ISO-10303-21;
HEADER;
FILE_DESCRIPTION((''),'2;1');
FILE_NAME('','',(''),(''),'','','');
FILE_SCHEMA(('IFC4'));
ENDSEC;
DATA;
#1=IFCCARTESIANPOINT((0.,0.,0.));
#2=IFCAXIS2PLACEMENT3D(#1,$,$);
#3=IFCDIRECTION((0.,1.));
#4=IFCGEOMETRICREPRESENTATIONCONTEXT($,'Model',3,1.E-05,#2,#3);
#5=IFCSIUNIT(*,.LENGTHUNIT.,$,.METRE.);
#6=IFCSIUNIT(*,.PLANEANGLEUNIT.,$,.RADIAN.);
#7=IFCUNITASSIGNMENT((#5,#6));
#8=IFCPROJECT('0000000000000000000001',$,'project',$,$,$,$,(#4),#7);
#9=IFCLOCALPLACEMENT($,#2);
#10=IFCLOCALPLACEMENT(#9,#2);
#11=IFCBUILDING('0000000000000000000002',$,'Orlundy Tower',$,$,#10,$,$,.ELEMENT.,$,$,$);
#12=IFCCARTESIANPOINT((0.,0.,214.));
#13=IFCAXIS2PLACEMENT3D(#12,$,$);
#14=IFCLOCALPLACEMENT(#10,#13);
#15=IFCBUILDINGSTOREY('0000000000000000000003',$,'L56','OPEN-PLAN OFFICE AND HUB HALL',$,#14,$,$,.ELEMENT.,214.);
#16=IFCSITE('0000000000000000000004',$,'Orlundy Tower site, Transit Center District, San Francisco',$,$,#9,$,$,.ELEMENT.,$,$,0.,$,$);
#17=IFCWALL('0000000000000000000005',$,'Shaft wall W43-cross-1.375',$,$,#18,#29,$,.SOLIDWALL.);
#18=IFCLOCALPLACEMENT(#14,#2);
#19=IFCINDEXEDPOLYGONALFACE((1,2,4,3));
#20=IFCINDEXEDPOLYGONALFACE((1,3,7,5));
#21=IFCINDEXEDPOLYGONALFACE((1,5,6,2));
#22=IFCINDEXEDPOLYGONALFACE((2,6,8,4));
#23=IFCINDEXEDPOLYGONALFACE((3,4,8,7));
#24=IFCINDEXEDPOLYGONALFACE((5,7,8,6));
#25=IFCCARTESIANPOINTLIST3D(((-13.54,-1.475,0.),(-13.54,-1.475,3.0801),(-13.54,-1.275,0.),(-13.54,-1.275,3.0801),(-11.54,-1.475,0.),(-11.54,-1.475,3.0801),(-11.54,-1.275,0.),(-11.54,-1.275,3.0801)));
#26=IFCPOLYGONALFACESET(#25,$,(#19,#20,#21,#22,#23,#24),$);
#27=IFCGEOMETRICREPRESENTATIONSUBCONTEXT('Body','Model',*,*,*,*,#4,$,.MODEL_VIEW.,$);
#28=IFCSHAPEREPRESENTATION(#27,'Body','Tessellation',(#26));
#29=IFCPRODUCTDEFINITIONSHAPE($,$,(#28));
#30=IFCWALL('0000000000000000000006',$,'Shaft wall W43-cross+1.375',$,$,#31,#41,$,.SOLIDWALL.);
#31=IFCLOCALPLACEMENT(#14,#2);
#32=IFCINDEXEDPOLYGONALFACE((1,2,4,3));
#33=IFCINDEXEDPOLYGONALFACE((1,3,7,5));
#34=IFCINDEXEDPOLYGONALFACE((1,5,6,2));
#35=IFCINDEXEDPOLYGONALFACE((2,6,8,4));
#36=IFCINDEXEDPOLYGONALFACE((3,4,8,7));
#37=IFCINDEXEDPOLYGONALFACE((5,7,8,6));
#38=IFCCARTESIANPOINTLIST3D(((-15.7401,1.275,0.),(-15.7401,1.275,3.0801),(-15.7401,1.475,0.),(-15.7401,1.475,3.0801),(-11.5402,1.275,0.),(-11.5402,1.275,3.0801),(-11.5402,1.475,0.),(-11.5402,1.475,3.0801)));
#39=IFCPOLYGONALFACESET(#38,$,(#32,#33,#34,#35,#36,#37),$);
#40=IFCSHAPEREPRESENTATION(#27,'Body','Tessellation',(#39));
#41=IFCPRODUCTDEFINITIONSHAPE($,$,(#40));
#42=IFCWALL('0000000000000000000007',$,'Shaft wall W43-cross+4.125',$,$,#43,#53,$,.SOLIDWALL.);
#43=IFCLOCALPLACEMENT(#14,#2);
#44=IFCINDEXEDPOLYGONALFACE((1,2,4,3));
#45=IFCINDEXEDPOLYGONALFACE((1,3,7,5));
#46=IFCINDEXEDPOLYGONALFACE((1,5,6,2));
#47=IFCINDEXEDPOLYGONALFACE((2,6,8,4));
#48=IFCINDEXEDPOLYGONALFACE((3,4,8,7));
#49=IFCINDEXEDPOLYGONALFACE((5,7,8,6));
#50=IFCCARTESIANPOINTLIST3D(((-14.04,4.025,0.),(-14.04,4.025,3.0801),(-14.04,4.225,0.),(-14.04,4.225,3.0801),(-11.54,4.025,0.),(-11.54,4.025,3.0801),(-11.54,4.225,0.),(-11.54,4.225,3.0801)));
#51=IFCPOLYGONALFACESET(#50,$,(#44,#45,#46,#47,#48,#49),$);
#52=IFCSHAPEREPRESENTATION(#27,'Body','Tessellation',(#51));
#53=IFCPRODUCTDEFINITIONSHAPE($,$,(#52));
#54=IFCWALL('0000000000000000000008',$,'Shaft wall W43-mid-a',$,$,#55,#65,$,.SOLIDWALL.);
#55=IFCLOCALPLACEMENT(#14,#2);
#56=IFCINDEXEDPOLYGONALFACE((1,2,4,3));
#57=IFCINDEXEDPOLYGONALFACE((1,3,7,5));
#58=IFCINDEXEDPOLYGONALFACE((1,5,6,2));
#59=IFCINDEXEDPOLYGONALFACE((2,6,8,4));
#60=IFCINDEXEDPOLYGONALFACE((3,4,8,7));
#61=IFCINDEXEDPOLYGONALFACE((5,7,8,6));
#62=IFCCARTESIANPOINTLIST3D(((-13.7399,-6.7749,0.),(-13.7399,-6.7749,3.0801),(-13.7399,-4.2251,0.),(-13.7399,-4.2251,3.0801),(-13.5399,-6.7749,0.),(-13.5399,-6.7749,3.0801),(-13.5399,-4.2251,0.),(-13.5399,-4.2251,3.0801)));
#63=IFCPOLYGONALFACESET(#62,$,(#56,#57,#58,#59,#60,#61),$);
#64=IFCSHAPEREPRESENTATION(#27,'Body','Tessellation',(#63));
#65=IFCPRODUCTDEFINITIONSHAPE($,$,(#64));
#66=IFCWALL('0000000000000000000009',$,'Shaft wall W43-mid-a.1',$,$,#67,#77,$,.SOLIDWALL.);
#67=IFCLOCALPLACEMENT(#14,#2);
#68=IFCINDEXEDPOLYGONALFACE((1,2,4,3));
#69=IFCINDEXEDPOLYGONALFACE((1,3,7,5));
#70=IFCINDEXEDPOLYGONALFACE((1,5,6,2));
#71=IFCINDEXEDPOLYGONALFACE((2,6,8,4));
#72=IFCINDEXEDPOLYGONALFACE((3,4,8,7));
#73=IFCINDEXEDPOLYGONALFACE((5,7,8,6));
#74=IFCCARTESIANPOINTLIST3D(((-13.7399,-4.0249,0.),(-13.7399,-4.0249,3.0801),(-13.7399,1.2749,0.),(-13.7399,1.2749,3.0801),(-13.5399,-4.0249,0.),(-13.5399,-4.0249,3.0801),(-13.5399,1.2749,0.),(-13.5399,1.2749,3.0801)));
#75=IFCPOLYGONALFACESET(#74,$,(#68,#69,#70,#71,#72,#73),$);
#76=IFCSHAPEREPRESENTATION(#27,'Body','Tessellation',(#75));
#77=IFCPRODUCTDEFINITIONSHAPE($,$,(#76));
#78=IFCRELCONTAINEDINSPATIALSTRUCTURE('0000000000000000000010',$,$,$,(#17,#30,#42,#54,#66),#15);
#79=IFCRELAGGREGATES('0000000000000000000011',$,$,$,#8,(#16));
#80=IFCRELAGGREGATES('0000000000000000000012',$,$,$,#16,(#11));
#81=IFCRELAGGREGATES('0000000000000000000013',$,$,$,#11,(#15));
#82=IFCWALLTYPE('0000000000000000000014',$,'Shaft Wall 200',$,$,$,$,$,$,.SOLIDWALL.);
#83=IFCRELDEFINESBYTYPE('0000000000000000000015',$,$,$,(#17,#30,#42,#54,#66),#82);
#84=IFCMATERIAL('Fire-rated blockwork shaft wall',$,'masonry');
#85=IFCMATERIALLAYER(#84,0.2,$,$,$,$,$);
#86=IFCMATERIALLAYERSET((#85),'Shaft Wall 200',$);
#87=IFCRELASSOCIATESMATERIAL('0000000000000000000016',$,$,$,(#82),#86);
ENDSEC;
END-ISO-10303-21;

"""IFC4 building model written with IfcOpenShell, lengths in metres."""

from ifc_helpers import new_model, si_unit, direction, frame, frame_2d, origin, place, context, subcontext, project, spatial, rectangle, extrude, material, layer, layer_set, type_object, element, save


model = new_model("IFC4")

# Units and contexts
model_context = context("Model", 3, precision=1e-05, world=origin(), true_north=direction((0.0, 1.0)))
body_context = subcontext(model_context, "Body", "Model", "MODEL_VIEW")
ifc_project = project(units=[si_unit("LENGTHUNIT", "METRE"), si_unit("PLANEANGLEUNIT", "RADIAN")], contexts=[model_context])

# Site, building, storey
site_placement = place(None, origin())
site = spatial("IfcSite", under=ifc_project, at=site_placement, Name="Orlundy Tower site, Transit Center District, San Francisco", CompositionType="ELEMENT", RefElevation=0.0)
building_placement = place(site_placement, origin())
building = spatial("IfcBuilding", under=site, at=building_placement, Name="Orlundy Tower", CompositionType="ELEMENT")
storey_placement = place(building_placement, frame((0.0, 0.0, 214.0)))
storey = spatial("IfcBuildingStorey", under=building, at=storey_placement, Name="L56", Description="OPEN-PLAN OFFICE AND HUB HALL", CompositionType="ELEMENT", Elevation=214.0)

# Walls
ifc_material_1 = material(Name="Fire-rated blockwork shaft wall", Category="masonry")
ifc_layer_1 = layer(ifc_material_1, 0.2)
ifc_layer_set_1 = layer_set([ifc_layer_1], Name="Shaft Wall 200")
wall_type_1 = type_object("IfcWallType", Name="Shaft Wall 200", PredefinedType="SOLIDWALL", material=ifc_layer_set_1)
wall_1_placement = place(storey_placement, frame((-11.54, -1.375, 0.0), z_axis=(0.0, 0.0, 1.0), x_axis=(-1.0, 0.0, 0.0)))
element("IfcWall", 1, at=wall_1_placement, inside=storey, type_object=wall_type_1, Name="Shaft wall W43-cross-1.375", PredefinedType="SOLIDWALL", context=body_context, shape_type="SweptSolid", body=[
    extrude(rectangle(XDim=2.0, YDim=0.2, at=frame_2d((1.0, 0.0))), origin(), (0.0, 0.0, 1.0), 3.0801),
])
wall_2_placement = place(storey_placement, frame((-11.54, 1.375, 0.0), z_axis=(0.0, 0.0, 1.0), x_axis=(-1.0, 0.0, 0.0)))
element("IfcWall", 2, at=wall_2_placement, inside=storey, type_object=wall_type_1, Name="Shaft wall W43-cross+1.375", PredefinedType="SOLIDWALL", context=body_context, shape_type="SweptSolid", body=[
    extrude(rectangle(XDim=4.2, YDim=0.2, at=frame_2d((2.1001, 0.0))), origin(), (0.0, 0.0, 1.0), 3.0801),
])
wall_3_placement = place(storey_placement, frame((-11.54, 4.125, 0.0), z_axis=(0.0, 0.0, 1.0), x_axis=(-1.0, 0.0, 0.0)))
element("IfcWall", 3, at=wall_3_placement, inside=storey, type_object=wall_type_1, Name="Shaft wall W43-cross+4.125", PredefinedType="SOLIDWALL", context=body_context, shape_type="SweptSolid", body=[
    extrude(rectangle(XDim=2.5, YDim=0.2, at=frame_2d((1.25, 0.0))), origin(), (0.0, 0.0, 1.0), 3.0801),
])
wall_4_placement = place(storey_placement, frame((-13.6399, -6.7749, 0.0), z_axis=(0.0, 0.0, 1.0), x_axis=(0.0, 1.0, 0.0)))
element("IfcWall", 4, at=wall_4_placement, inside=storey, type_object=wall_type_1, Name="Shaft wall W43-mid-a", PredefinedType="SOLIDWALL", context=body_context, shape_type="SweptSolid", body=[
    extrude(rectangle(XDim=2.5498, YDim=0.2, at=frame_2d((1.2749, 0.0))), origin(), (0.0, 0.0, 1.0), 3.0801),
])
wall_5_placement = place(storey_placement, frame((-13.6399, -4.0249, 0.0), z_axis=(0.0, 0.0, 1.0), x_axis=(0.0, 1.0, 0.0)))
element("IfcWall", 5, at=wall_5_placement, inside=storey, type_object=wall_type_1, Name="Shaft wall W43-mid-a.1", PredefinedType="SOLIDWALL", context=body_context, shape_type="SweptSolid", body=[
    extrude(rectangle(XDim=5.2998, YDim=0.2, at=frame_2d((2.6499, 0.0))), origin(), (0.0, 0.0, 1.0), 3.0801),
])

save(model, "model.ifc")
